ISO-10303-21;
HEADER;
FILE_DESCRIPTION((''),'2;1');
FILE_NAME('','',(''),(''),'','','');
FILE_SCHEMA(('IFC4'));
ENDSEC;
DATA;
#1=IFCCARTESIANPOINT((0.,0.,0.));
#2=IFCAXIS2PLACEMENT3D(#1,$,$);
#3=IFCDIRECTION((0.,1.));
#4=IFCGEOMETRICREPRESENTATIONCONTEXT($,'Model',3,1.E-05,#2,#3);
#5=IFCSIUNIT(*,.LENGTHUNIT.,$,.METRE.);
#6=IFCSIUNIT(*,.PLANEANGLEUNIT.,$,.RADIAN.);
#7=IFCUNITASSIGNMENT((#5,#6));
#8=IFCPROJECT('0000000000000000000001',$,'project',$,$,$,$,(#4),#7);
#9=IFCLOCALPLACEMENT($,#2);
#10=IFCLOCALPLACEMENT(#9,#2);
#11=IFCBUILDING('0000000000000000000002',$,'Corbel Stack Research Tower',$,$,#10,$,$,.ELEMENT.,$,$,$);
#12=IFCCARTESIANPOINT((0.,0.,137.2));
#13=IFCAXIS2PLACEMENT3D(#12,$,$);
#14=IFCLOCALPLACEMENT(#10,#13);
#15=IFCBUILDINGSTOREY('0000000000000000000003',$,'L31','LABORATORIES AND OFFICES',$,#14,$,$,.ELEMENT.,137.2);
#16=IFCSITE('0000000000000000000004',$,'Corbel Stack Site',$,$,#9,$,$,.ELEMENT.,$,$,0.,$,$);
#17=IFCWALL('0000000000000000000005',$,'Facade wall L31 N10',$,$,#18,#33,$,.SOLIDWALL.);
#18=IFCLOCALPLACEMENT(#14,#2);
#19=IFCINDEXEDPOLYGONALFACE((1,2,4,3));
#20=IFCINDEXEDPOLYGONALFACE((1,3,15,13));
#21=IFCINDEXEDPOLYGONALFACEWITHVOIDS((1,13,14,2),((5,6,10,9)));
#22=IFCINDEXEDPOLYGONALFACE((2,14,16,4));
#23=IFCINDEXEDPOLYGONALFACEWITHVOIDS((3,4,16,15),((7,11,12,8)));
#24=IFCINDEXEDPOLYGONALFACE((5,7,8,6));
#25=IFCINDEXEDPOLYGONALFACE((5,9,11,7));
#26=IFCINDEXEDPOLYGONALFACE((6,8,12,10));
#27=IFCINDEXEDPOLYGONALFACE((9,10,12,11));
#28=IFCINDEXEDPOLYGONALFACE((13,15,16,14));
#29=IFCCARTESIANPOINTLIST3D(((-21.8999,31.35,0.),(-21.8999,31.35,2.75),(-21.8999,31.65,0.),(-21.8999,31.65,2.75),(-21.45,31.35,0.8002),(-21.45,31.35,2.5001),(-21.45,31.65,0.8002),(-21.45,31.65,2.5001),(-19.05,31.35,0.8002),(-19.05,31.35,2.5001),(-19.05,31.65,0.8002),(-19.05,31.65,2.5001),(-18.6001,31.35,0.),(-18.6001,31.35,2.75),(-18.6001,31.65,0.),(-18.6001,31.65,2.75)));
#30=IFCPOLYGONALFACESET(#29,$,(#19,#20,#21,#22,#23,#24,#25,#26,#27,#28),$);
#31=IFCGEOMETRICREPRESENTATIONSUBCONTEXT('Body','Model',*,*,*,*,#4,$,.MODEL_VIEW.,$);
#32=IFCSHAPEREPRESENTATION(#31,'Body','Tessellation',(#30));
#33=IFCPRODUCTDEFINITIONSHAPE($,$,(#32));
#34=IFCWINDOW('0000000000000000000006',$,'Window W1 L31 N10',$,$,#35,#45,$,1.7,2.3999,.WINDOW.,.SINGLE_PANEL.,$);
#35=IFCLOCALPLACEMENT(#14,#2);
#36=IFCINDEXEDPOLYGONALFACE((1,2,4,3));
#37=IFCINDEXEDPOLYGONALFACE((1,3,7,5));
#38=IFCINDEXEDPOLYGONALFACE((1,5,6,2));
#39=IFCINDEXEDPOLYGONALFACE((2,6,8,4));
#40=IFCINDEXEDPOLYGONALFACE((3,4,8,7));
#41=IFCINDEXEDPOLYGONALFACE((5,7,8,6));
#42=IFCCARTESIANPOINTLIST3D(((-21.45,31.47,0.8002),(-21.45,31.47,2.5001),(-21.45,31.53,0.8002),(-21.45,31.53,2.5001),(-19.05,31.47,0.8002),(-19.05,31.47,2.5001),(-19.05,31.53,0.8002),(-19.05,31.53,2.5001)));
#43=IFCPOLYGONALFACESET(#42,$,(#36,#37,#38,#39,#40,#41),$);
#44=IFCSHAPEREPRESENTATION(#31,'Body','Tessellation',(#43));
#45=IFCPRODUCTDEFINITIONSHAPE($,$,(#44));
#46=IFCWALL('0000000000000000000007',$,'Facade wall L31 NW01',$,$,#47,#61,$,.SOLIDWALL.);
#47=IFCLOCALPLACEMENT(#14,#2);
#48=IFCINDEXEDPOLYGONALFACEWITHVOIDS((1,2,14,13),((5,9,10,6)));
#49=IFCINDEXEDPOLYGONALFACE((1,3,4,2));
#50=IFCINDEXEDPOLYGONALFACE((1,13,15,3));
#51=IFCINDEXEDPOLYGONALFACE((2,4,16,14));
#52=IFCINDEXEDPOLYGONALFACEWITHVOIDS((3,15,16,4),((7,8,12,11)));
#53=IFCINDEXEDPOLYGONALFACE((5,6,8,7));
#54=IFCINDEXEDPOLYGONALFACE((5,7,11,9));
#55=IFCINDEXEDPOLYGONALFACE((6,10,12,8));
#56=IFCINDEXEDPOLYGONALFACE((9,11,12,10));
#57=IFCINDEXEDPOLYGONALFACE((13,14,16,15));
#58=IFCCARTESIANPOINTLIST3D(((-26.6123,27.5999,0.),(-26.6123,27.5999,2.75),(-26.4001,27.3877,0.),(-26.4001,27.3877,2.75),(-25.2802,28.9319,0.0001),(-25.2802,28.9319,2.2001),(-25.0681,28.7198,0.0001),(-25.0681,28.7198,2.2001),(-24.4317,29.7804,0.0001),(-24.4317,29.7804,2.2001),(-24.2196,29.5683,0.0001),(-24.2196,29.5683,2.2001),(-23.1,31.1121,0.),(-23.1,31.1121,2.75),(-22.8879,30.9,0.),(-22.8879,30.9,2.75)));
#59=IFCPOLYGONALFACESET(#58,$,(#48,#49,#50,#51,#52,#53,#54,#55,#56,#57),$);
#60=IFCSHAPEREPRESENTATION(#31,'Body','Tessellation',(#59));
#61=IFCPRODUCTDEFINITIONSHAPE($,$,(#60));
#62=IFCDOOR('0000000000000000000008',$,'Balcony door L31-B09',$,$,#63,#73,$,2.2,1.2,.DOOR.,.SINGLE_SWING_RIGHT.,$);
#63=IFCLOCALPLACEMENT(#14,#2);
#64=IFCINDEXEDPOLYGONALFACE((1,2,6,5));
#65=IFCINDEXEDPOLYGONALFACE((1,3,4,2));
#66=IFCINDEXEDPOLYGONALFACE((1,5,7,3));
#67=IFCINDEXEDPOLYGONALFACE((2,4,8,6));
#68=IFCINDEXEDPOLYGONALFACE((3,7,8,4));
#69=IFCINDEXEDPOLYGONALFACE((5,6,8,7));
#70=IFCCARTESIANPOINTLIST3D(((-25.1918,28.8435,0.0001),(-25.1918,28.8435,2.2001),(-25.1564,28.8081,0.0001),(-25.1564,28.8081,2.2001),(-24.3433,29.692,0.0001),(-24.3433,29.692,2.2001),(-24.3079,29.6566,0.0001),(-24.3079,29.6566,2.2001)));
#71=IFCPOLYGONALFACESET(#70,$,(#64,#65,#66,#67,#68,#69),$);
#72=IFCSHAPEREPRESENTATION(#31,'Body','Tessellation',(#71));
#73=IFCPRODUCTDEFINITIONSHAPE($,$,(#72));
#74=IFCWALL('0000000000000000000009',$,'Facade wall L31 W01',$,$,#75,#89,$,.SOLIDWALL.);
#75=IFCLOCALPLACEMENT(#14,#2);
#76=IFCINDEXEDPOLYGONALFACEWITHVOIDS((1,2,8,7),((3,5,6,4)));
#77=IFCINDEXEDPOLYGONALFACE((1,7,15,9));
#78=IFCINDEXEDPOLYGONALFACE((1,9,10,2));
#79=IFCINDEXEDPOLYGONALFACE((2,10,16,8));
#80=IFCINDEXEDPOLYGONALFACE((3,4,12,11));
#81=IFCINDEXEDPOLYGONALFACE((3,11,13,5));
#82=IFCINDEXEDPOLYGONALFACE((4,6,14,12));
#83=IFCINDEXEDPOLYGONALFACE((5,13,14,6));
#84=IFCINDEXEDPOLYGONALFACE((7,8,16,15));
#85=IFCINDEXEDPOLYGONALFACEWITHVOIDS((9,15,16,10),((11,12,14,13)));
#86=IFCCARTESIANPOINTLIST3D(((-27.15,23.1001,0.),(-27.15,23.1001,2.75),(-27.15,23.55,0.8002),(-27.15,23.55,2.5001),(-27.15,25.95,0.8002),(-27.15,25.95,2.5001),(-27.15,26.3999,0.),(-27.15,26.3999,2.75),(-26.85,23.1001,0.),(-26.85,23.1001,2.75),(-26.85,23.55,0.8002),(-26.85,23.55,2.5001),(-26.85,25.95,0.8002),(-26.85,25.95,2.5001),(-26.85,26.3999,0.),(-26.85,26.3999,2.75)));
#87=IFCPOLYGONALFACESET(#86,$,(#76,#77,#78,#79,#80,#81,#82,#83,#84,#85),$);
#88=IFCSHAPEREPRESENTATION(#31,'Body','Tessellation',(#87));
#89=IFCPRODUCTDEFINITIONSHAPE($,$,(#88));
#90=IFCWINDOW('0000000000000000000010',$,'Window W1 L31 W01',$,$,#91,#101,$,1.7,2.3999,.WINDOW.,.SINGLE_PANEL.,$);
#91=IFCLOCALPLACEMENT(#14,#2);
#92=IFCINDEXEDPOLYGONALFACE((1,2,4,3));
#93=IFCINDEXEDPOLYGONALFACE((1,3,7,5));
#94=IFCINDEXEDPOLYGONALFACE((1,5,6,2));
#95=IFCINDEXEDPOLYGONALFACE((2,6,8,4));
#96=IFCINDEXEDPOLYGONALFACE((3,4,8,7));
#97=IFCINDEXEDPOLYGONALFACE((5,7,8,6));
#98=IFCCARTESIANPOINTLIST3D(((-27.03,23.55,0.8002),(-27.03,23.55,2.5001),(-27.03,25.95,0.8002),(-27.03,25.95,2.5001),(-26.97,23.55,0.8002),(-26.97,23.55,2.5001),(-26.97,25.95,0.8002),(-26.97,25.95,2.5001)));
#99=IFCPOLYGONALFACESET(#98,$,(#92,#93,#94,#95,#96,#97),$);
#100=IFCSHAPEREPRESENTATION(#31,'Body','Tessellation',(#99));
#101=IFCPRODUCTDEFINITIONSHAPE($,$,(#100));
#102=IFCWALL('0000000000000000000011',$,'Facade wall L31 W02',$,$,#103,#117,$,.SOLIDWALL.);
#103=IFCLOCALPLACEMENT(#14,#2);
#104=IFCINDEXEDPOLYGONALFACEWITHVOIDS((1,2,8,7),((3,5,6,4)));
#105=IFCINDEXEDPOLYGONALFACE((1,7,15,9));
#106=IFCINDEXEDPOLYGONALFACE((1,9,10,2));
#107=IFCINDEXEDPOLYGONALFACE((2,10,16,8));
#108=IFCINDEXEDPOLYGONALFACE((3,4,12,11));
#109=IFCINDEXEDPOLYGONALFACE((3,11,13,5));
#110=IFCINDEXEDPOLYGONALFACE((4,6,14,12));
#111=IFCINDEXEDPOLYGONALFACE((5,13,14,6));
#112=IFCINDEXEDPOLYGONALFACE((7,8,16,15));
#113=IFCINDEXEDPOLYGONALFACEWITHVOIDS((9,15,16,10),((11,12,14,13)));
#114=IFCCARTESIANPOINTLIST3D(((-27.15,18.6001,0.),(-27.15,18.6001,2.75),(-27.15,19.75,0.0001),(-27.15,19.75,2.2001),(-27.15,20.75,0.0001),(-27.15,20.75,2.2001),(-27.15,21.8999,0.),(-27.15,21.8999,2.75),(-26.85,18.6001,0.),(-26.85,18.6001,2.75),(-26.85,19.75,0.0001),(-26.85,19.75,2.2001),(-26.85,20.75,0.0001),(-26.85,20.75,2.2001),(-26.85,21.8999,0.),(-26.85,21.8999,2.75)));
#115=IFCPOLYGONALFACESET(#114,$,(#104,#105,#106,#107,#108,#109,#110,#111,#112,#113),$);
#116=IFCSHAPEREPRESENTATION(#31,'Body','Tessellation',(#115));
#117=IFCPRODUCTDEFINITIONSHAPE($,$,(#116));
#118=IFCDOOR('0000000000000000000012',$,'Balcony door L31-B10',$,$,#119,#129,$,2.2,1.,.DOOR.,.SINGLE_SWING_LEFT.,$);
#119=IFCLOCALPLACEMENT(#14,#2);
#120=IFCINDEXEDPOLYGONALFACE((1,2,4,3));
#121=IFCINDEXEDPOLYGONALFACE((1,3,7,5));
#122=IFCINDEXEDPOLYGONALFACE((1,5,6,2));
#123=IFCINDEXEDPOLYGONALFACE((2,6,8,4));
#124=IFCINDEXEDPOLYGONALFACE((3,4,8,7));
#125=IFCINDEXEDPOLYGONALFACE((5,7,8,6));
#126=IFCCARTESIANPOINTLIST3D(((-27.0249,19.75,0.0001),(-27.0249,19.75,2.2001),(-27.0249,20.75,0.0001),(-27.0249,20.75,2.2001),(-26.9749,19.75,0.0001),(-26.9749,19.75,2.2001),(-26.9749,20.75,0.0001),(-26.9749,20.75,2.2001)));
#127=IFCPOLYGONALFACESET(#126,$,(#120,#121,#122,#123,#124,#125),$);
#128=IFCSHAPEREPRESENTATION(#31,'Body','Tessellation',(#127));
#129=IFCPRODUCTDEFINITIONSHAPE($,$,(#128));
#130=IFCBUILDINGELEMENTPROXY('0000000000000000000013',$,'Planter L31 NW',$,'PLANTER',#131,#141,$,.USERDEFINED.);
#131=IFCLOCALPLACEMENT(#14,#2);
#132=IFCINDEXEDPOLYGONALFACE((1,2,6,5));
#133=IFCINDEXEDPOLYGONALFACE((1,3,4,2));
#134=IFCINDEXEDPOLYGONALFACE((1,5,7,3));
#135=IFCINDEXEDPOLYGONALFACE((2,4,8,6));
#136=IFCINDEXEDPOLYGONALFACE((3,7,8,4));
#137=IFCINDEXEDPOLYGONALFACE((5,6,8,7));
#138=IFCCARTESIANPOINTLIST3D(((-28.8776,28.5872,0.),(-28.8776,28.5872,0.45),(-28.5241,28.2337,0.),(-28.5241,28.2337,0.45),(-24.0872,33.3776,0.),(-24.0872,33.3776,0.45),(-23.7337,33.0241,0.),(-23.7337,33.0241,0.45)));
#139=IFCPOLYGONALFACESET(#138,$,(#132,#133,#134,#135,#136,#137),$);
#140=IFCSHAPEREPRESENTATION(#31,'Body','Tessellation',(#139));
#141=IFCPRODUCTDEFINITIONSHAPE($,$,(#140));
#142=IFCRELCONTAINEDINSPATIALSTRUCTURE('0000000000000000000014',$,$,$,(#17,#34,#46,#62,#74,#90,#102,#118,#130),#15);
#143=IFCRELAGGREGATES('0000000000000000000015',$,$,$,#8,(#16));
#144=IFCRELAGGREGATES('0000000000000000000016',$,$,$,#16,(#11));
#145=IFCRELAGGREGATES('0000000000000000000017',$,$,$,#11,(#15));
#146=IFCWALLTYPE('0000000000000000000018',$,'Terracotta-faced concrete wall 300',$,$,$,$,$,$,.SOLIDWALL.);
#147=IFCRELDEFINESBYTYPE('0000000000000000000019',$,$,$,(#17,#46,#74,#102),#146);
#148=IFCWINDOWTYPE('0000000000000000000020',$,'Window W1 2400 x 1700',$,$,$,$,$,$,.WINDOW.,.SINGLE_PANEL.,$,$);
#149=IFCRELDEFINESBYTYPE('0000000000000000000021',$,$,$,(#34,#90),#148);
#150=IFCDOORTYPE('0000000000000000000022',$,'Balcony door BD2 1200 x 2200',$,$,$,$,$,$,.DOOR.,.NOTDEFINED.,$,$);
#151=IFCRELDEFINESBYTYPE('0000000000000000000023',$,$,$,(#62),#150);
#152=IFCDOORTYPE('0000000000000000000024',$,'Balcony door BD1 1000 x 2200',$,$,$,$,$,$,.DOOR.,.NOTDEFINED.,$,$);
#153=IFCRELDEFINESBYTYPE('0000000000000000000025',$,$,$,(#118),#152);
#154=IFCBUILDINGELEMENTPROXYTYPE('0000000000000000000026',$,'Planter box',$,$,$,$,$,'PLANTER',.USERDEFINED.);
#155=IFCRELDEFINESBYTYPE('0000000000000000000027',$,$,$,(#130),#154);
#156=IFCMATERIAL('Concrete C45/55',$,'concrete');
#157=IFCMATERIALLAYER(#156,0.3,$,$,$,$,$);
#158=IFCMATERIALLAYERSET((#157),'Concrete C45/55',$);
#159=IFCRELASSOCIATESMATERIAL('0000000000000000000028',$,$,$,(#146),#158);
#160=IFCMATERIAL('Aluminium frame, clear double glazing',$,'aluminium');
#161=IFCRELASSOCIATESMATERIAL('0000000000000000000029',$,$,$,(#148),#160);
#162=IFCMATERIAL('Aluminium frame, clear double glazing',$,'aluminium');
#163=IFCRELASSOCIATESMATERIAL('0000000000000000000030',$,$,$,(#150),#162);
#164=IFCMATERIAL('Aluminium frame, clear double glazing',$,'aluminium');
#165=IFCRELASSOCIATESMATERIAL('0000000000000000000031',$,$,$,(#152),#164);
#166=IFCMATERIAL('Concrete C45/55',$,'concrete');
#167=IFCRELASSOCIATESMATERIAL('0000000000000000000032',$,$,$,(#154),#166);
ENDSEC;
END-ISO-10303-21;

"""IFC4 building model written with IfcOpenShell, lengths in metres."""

from ifc_helpers import new_model, si_unit, direction, frame, frame_2d, origin, origin_2d, place, context, subcontext, project, spatial, rectangle, extrude, material, layer, layer_set, type_object, element, fill, save


model = new_model("IFC4")

# Units and contexts
model_context = context("Model", 3, precision=1e-05, world=origin(), true_north=direction((0.0, 1.0)))
body_context = subcontext(model_context, "Body", "Model", "MODEL_VIEW")
ifc_project = project(units=[si_unit("LENGTHUNIT", "METRE"), si_unit("PLANEANGLEUNIT", "RADIAN")], contexts=[model_context])

# Site, building, storey
site_placement = place(None, origin())
site = spatial("IfcSite", under=ifc_project, at=site_placement, Name="Corbel Stack Site", CompositionType="ELEMENT", RefElevation=0.0)
building_placement = place(site_placement, origin())
building = spatial("IfcBuilding", under=site, at=building_placement, Name="Corbel Stack Research Tower", CompositionType="ELEMENT")
storey_placement = place(building_placement, frame((0.0, 0.0, 137.2)))
storey = spatial("IfcBuildingStorey", under=building, at=storey_placement, Name="L31", Description="LABORATORIES AND OFFICES", CompositionType="ELEMENT", Elevation=137.2)

# Wall, opening, window
ifc_material_1 = material(Name="Concrete C45/55", Category="concrete")
ifc_layer_1 = layer(ifc_material_1, 0.3)
ifc_layer_set_1 = layer_set([ifc_layer_1], Name="Concrete C45/55")
wall_type_1 = type_object("IfcWallType", Name="Terracotta-faced concrete wall 300", PredefinedType="SOLIDWALL", material=ifc_layer_set_1)
wall_1_placement = place(storey_placement, frame((-21.8999, 31.5, 0.0), z_axis=(0.0, 0.0, 1.0), x_axis=(1.0, 0.0, 0.0)))
wall_1 = element("IfcWall", 1, at=wall_1_placement, inside=storey, type_object=wall_type_1, Name="Facade wall L31 N10", PredefinedType="SOLIDWALL", context=body_context, shape_type="SweptSolid", body=[
    extrude(rectangle(XDim=3.2998, YDim=0.3, at=frame_2d((1.6499, 0.0))), origin(), (0.0, 0.0, 1.0), 2.75),
])
opening_1_placement = place(wall_1_placement, frame((0.45, 0.0, 0.8)))
opening_1 = element("IfcOpeningElement", 2, at=opening_1_placement, cuts=wall_1, PredefinedType="OPENING", context=body_context, shape_type="SweptSolid", body=[
    extrude(rectangle(XDim=2.3999, YDim=1.7, at=frame_2d((1.2, 0.8501))), frame((0.0, 0.1599, 0.0), z_axis=(0.0, -1.0, 0.0), x_axis=(1.0, 0.0, 0.0)), (0.0, 0.0, 1.0), 0.3201),
])
ifc_material_2 = material(Name="Aluminium frame, clear double glazing", Category="aluminium")
window_type = type_object("IfcWindowType", Name="Window W1 2400 x 1700", PartitioningType="SINGLE_PANEL", PredefinedType="WINDOW", material=ifc_material_2)
window_1_placement = place(opening_1_placement, origin())
window_1 = element("IfcWindow", 3, at=window_1_placement, inside=storey, type_object=window_type, Name="Window W1 L31 N10", OverallHeight=1.7, OverallWidth=2.3999, PartitioningType="SINGLE_PANEL", PredefinedType="WINDOW", context=body_context, shape_type="SweptSolid", body=[
    extrude(rectangle(XDim=2.3999, YDim=1.7, at=frame_2d((1.2, 0.8501))), frame((0.0, 0.03, 0.0), z_axis=(0.0, -1.0, 0.0), x_axis=(1.0, 0.0, 0.0)), (0.0, 0.0, 1.0), 0.0601),
])
fill(opening_1, window_1)

# Wall, opening, door
wall_2_placement = place(storey_placement, frame((-26.5061, 27.4939, 0.0), z_axis=(0.0, 0.0, 1.0), x_axis=(0.707107, 0.707107, 0.0)))
wall_2 = element("IfcWall", 4, at=wall_2_placement, inside=storey, type_object=wall_type_1, Name="Facade wall L31 NW01", PredefinedType="SOLIDWALL", context=body_context, shape_type="SweptSolid", body=[
    extrude(rectangle(XDim=4.967, YDim=0.3, at=frame_2d((2.4834, 0.0))), origin(), (0.0, 0.0, 1.0), 2.75),
])
opening_2_placement = place(wall_2_placement, frame((1.8835, 0.0, 0.0)))
opening_2 = element("IfcOpeningElement", 5, at=opening_2_placement, cuts=wall_2, PredefinedType="OPENING", context=body_context, shape_type="SweptSolid", body=[
    extrude(rectangle(XDim=1.2, YDim=2.2, at=frame_2d((0.6001, 1.1001))), frame((0.0, 0.1599, 0.0), z_axis=(0.0, -1.0, 0.0), x_axis=(1.0, 0.0, 0.0)), (0.0, 0.0, 1.0), 0.3201),
])
ifc_material_3 = material(Name="Aluminium frame, clear double glazing", Category="aluminium")
door_type_1 = type_object("IfcDoorType", Name="Balcony door BD2 1200 x 2200", OperationType="NOTDEFINED", PredefinedType="DOOR", material=ifc_material_3)
door_1_placement = place(opening_2_placement, origin())
door_1 = element("IfcDoor", 6, at=door_1_placement, inside=storey, type_object=door_type_1, Name="Balcony door L31-B09", OperationType="SINGLE_SWING_RIGHT", OverallHeight=2.2, OverallWidth=1.2, PredefinedType="DOOR", context=body_context, shape_type="SweptSolid", body=[
    extrude(rectangle(XDim=1.2, YDim=2.2, at=frame_2d((0.6001, 1.1001))), frame((0.0, 0.0249, 0.0), z_axis=(0.0, -1.0, 0.0), x_axis=(1.0, 0.0, 0.0)), (0.0, 0.0, 1.0), 0.05),
])
fill(opening_2, door_1)

# Wall, opening, window
wall_3_placement = place(storey_placement, frame((-27.0, 23.1001, 0.0), z_axis=(0.0, 0.0, 1.0), x_axis=(0.0, 1.0, 0.0)))
wall_3 = element("IfcWall", 7, at=wall_3_placement, inside=storey, type_object=wall_type_1, Name="Facade wall L31 W01", PredefinedType="SOLIDWALL", context=body_context, shape_type="SweptSolid", body=[
    extrude(rectangle(XDim=3.2998, YDim=0.3, at=frame_2d((1.6499, 0.0))), origin(), (0.0, 0.0, 1.0), 2.75),
])
opening_3_placement = place(wall_3_placement, frame((0.45, 0.0, 0.8)))
opening_3 = element("IfcOpeningElement", 8, at=opening_3_placement, cuts=wall_3, PredefinedType="OPENING", context=body_context, shape_type="SweptSolid", body=[
    extrude(rectangle(XDim=2.3999, YDim=1.7, at=frame_2d((1.2, 0.8501))), frame((0.0, 0.1599, 0.0), z_axis=(0.0, -1.0, 0.0), x_axis=(1.0, 0.0, 0.0)), (0.0, 0.0, 1.0), 0.3201),
])
window_2_placement = place(opening_3_placement, origin())
window_2 = element("IfcWindow", 9, at=window_2_placement, inside=storey, type_object=window_type, Name="Window W1 L31 W01", OverallHeight=1.7, OverallWidth=2.3999, PartitioningType="SINGLE_PANEL", PredefinedType="WINDOW", context=body_context, shape_type="SweptSolid", body=[
    extrude(rectangle(XDim=2.3999, YDim=1.7, at=frame_2d((1.2, 0.8501))), frame((0.0, 0.03, 0.0), z_axis=(0.0, -1.0, 0.0), x_axis=(1.0, 0.0, 0.0)), (0.0, 0.0, 1.0), 0.0601),
])
fill(opening_3, window_2)

# Wall, opening, door
wall_4_placement = place(storey_placement, frame((-27.0, 18.6001, 0.0), z_axis=(0.0, 0.0, 1.0), x_axis=(0.0, 1.0, 0.0)))
wall_4 = element("IfcWall", 10, at=wall_4_placement, inside=storey, type_object=wall_type_1, Name="Facade wall L31 W02", PredefinedType="SOLIDWALL", context=body_context, shape_type="SweptSolid", body=[
    extrude(rectangle(XDim=3.2998, YDim=0.3, at=frame_2d((1.6499, 0.0))), origin(), (0.0, 0.0, 1.0), 2.75),
])
opening_4_placement = place(wall_4_placement, frame((1.1499, 0.0, 0.0)))
opening_4 = element("IfcOpeningElement", 11, at=opening_4_placement, cuts=wall_4, PredefinedType="OPENING", context=body_context, shape_type="SweptSolid", body=[
    extrude(rectangle(XDim=1.0, YDim=2.2, at=frame_2d((0.5, 1.1001))), frame((0.0, 0.1599, 0.0), z_axis=(0.0, -1.0, 0.0), x_axis=(1.0, 0.0, 0.0)), (0.0, 0.0, 1.0), 0.3201),
])
ifc_material_4 = material(Name="Aluminium frame, clear double glazing", Category="aluminium")
door_type_2 = type_object("IfcDoorType", Name="Balcony door BD1 1000 x 2200", OperationType="NOTDEFINED", PredefinedType="DOOR", material=ifc_material_4)
door_2_placement = place(opening_4_placement, origin())
door_2 = element("IfcDoor", 12, at=door_2_placement, inside=storey, type_object=door_type_2, Name="Balcony door L31-B10", OperationType="SINGLE_SWING_LEFT", OverallHeight=2.2, OverallWidth=1.0, PredefinedType="DOOR", context=body_context, shape_type="SweptSolid", body=[
    extrude(rectangle(XDim=1.0, YDim=2.2, at=frame_2d((0.5, 1.1001))), frame((0.0, 0.0249, 0.0), z_axis=(0.0, -1.0, 0.0), x_axis=(1.0, 0.0, 0.0)), (0.0, 0.0, 1.0), 0.05),
])
fill(opening_4, door_2)

# Building element proxy
ifc_material_5 = material(Name="Concrete C45/55", Category="concrete")
building_element_proxy_type = type_object("IfcBuildingElementProxyType", Name="Planter box", ElementType="PLANTER", PredefinedType="USERDEFINED", material=ifc_material_5)
proxy_placement = place(storey_placement, frame((-26.3057, 30.8057, 0.0), z_axis=(0.0, 0.0, 1.0), x_axis=(-0.707107, -0.707107, 0.0)))
element("IfcBuildingElementProxy", 13, at=proxy_placement, inside=storey, type_object=building_element_proxy_type, Name="Planter L31 NW", ObjectType="PLANTER", PredefinedType="USERDEFINED", context=body_context, shape_type="SweptSolid", body=[
    extrude(rectangle(XDim=6.7747, YDim=0.5, at=origin_2d()), origin(), (0.0, 0.0, 1.0), 0.45),
])

save(model, "model.ifc")
